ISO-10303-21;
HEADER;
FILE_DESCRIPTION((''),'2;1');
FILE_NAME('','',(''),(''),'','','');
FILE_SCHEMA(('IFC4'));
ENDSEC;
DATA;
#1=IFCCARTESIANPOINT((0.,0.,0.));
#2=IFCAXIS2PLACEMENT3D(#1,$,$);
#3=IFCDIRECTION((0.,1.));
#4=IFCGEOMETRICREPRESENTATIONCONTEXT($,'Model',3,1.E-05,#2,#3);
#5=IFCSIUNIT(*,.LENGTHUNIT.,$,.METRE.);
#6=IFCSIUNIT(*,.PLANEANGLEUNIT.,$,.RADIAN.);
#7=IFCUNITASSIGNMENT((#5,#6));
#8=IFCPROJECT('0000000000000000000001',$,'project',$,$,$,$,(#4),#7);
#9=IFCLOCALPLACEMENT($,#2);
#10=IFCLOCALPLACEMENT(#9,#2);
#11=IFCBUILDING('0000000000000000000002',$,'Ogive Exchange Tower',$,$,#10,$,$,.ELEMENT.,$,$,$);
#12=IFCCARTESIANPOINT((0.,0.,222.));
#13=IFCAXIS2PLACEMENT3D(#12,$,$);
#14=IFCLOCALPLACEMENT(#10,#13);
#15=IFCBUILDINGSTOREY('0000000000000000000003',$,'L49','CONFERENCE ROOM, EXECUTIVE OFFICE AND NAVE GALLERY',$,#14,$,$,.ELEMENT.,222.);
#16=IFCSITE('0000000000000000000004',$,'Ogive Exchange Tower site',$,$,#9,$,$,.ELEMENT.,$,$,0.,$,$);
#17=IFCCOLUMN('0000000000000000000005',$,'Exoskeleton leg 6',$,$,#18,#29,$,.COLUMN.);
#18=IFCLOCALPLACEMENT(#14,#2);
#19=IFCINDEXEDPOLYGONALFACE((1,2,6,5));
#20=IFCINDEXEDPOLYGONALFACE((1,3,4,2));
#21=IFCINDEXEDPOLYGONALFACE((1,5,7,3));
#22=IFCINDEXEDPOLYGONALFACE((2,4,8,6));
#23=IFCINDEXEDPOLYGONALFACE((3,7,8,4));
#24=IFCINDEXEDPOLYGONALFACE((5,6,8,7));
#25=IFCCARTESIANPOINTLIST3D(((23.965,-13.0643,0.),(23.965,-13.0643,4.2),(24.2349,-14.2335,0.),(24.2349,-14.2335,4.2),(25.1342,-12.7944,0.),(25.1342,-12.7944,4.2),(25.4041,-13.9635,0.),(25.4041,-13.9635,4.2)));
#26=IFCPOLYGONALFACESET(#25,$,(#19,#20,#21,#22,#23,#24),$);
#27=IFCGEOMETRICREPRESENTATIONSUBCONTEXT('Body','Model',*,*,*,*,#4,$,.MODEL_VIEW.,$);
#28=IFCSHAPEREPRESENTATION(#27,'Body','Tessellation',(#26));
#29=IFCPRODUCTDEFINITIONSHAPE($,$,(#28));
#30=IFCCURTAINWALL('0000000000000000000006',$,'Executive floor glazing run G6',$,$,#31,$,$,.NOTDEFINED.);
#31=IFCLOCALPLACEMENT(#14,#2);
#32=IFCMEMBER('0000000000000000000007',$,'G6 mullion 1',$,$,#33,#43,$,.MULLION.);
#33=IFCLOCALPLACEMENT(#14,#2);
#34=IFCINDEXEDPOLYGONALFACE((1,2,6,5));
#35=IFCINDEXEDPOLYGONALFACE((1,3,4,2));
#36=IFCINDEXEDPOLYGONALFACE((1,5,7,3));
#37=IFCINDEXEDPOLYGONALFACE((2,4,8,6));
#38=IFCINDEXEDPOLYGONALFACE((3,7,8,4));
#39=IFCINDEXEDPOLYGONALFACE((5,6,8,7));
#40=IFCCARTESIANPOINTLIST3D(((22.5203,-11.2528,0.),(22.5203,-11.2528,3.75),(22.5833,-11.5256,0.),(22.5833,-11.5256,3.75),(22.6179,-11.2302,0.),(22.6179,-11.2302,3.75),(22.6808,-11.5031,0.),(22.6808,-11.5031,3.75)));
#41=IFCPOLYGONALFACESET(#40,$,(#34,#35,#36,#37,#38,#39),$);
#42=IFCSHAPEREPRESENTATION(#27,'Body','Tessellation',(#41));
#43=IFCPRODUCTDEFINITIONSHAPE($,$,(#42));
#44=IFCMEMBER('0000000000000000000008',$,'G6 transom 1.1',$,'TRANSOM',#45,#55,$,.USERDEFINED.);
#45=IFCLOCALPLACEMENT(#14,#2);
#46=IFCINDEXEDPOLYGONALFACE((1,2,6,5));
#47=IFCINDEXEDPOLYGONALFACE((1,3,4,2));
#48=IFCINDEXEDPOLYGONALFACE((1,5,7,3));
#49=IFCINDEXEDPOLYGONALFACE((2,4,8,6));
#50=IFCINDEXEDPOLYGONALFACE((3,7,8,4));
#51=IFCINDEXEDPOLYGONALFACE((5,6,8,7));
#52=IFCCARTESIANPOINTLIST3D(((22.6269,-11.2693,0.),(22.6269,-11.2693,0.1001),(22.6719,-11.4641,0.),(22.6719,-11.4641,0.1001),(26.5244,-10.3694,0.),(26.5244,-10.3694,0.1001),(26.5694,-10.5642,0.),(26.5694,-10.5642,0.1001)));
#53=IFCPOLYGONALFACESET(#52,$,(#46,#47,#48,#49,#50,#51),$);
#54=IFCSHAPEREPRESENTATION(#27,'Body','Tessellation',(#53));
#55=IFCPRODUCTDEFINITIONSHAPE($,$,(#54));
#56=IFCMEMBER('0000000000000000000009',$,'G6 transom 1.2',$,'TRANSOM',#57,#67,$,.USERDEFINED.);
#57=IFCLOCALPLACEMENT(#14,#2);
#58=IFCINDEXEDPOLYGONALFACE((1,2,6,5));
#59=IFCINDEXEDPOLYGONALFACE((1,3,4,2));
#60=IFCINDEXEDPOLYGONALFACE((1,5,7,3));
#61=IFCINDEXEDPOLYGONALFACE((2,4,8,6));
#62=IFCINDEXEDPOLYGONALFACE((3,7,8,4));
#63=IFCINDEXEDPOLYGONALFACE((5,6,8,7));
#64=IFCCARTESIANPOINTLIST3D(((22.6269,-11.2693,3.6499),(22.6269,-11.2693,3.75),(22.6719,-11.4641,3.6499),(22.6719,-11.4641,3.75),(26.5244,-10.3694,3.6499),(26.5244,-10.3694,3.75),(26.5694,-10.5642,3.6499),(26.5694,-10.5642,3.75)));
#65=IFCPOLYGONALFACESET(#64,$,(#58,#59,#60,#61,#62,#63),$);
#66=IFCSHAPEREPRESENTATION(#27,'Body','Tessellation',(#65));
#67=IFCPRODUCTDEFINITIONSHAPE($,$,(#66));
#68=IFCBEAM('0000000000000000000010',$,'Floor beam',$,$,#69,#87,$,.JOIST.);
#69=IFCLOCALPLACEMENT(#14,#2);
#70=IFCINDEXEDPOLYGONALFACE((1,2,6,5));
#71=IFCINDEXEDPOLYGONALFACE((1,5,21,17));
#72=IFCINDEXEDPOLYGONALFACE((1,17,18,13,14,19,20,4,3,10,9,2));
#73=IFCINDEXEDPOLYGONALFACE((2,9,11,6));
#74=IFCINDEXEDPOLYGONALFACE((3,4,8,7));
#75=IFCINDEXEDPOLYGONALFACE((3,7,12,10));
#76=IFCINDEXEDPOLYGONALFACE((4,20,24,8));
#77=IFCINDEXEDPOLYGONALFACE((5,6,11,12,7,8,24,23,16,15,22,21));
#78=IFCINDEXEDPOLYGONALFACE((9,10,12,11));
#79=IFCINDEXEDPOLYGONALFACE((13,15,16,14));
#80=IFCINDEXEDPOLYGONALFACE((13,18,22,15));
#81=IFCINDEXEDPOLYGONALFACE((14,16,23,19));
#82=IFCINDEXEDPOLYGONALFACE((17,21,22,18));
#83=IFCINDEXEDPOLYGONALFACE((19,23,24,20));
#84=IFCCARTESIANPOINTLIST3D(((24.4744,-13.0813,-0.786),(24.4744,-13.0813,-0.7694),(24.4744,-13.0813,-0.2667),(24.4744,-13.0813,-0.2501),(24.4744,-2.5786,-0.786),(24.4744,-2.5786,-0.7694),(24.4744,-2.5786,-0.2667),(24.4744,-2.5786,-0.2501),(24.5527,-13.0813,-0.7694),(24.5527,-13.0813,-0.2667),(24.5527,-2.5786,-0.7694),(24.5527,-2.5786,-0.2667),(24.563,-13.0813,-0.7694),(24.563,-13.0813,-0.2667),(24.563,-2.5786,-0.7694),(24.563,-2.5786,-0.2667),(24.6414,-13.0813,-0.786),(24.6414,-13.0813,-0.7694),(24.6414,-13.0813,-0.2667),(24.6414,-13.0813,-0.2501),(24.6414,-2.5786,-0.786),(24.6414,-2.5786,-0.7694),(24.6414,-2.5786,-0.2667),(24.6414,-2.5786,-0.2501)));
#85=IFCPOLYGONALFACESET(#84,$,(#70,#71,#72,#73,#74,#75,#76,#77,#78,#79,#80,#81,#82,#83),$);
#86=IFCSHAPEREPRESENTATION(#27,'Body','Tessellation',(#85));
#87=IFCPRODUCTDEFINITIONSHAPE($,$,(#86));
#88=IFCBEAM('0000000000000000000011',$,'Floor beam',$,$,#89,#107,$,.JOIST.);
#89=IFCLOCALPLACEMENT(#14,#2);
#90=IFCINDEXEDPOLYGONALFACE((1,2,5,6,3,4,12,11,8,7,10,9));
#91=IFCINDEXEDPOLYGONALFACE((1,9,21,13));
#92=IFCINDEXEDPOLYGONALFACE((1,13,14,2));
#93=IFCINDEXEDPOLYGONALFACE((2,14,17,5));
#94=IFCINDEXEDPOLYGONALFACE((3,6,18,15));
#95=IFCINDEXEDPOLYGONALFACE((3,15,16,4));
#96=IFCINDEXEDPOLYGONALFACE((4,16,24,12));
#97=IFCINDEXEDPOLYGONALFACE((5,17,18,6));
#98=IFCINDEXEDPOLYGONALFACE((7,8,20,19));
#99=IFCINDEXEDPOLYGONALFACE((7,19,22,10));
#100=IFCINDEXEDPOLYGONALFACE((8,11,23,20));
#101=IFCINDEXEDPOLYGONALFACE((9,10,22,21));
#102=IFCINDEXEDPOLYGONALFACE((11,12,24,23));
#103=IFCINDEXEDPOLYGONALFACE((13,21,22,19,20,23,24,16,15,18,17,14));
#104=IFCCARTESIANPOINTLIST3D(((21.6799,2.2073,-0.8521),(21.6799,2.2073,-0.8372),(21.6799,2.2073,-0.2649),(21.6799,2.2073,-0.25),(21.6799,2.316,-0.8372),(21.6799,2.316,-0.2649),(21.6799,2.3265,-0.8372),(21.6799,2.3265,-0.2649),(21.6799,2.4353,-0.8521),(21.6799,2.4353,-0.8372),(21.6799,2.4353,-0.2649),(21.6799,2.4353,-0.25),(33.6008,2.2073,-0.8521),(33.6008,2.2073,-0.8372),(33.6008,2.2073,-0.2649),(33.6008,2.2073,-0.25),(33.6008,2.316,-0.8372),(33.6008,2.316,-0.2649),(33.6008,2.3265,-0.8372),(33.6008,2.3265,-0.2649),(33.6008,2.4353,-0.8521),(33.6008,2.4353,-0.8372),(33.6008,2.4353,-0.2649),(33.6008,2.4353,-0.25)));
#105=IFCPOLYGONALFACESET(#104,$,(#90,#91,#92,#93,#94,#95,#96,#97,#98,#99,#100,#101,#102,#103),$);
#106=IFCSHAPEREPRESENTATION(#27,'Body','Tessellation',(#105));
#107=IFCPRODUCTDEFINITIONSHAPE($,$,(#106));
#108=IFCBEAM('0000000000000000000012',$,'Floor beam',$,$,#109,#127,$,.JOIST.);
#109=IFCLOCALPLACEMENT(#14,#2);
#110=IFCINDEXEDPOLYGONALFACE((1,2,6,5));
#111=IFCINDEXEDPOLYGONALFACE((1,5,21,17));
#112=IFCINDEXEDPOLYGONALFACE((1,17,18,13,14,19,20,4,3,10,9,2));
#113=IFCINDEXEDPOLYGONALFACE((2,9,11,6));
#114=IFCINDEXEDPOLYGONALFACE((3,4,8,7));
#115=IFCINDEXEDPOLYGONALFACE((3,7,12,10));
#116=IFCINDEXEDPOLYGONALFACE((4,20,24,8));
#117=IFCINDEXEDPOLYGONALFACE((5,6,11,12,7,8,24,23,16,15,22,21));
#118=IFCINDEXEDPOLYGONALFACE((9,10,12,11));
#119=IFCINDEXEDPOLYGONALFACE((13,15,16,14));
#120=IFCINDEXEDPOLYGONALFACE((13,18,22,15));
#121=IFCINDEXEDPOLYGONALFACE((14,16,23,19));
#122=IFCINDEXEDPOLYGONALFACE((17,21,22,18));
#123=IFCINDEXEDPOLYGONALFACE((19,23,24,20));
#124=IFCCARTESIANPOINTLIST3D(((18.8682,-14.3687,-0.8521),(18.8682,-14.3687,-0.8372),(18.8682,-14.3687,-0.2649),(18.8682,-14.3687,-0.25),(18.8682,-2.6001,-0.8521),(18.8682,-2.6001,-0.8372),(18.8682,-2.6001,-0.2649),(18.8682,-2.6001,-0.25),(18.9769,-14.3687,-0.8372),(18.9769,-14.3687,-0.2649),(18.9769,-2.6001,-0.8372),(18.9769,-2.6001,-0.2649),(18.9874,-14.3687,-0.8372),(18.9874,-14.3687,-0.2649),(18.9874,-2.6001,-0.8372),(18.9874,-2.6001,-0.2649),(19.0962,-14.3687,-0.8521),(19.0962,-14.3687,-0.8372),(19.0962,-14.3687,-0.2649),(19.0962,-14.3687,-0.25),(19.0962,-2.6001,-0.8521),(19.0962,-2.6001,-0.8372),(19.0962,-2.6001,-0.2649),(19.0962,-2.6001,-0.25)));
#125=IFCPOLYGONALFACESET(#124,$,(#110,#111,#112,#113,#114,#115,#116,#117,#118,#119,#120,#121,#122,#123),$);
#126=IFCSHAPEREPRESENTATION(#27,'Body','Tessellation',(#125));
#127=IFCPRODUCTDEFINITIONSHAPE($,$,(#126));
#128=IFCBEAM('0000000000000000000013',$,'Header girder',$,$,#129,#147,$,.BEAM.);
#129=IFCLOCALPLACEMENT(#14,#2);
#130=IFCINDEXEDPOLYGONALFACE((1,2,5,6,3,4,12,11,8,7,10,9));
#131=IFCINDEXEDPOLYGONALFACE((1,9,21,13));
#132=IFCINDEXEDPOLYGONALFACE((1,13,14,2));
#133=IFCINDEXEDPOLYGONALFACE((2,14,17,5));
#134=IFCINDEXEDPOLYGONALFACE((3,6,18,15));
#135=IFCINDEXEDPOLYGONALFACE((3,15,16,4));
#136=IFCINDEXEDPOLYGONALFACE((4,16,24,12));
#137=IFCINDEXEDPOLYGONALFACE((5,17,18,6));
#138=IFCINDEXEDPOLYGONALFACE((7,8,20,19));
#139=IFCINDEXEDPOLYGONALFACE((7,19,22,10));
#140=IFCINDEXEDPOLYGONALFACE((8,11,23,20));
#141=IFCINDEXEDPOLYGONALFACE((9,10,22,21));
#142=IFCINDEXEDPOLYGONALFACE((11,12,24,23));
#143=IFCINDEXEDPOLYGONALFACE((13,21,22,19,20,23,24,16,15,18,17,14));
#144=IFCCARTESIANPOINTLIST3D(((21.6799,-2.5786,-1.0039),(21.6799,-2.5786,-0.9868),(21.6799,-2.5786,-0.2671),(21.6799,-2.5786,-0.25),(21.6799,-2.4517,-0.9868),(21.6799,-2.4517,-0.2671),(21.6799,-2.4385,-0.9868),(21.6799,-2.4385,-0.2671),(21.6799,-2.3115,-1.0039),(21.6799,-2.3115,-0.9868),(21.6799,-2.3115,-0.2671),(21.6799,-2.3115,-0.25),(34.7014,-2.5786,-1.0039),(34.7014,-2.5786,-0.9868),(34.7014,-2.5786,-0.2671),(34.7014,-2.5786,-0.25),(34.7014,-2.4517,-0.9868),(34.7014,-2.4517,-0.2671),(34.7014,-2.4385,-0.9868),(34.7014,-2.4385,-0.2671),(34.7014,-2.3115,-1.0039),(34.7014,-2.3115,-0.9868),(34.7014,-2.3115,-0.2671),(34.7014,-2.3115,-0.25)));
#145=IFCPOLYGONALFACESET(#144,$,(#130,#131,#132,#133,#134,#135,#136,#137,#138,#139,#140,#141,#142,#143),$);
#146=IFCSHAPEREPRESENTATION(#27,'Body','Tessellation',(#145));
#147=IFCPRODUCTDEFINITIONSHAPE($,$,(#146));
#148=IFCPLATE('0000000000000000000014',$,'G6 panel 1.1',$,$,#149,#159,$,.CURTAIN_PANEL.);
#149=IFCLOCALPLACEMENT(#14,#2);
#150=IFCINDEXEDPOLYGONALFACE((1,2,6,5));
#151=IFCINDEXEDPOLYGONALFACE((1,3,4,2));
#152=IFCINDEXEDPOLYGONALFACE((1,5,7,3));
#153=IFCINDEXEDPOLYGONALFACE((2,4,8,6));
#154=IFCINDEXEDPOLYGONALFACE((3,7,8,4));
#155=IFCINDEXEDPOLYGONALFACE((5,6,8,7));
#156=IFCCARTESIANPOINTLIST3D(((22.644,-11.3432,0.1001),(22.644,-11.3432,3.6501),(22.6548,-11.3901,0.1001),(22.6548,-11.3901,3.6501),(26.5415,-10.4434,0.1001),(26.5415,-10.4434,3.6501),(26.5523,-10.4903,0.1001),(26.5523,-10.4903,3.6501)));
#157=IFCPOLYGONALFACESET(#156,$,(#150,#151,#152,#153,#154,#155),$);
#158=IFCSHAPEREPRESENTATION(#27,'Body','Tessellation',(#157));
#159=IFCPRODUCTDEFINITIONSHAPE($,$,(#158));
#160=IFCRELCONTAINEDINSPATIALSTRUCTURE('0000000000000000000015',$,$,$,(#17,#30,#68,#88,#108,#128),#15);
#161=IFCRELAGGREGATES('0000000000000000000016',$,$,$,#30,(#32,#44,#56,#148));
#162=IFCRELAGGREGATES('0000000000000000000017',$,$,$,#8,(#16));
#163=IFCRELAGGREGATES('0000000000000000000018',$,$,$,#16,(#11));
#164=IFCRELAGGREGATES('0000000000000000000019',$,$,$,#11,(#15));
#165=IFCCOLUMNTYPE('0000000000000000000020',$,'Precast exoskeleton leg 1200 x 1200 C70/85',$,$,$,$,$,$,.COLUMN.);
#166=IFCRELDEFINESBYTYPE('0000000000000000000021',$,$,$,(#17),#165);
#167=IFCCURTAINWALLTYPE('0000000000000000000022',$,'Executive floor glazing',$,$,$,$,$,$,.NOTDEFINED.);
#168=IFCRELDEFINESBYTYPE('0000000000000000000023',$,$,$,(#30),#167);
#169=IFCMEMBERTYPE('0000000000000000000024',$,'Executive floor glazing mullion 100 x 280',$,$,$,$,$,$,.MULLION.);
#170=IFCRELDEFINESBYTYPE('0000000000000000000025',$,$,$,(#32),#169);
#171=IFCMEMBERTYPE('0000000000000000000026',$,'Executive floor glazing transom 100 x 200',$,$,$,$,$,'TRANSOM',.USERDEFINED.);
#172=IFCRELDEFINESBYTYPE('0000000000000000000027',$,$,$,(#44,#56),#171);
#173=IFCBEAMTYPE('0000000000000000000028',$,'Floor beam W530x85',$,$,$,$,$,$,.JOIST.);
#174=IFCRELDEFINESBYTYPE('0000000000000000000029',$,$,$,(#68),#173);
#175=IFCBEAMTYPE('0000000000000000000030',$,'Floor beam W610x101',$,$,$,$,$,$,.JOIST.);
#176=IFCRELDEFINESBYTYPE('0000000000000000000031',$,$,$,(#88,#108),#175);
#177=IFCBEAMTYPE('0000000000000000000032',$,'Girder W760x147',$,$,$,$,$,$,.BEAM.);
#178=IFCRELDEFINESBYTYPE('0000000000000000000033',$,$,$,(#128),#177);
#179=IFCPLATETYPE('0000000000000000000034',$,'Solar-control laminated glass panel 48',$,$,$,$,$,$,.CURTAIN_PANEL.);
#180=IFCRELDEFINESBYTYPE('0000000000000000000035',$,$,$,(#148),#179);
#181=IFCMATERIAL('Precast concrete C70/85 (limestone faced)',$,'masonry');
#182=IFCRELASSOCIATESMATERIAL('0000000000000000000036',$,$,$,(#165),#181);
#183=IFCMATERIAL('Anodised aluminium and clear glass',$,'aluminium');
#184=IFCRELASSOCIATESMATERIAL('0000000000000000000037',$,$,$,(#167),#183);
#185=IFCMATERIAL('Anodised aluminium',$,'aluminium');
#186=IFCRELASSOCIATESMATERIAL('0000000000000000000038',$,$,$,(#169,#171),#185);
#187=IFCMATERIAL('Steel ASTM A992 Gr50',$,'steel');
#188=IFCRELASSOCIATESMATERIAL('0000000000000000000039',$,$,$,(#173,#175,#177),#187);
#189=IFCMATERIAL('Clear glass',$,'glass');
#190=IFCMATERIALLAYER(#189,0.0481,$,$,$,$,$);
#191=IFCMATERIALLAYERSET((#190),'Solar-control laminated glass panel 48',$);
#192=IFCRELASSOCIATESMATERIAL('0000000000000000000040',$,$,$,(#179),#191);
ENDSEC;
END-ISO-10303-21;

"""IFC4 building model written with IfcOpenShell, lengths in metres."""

from ifc_helpers import new_model, si_unit, direction, frame, origin, origin_2d, place, context, subcontext, project, spatial, rectangle, i_section, extrude, material, layer, layer_set, material_profile, profile_set, type_object, element, aggregate, save


model = new_model("IFC4")

# Units and contexts
model_context = context("Model", 3, precision=1e-05, world=origin(), true_north=direction((0.0, 1.0)))
body_context = subcontext(model_context, "Body", "Model", "MODEL_VIEW")
ifc_project = project(units=[si_unit("LENGTHUNIT", "METRE"), si_unit("PLANEANGLEUNIT", "RADIAN")], contexts=[model_context])

# Site, building, storey
site_placement = place(None, origin())
site = spatial("IfcSite", under=ifc_project, at=site_placement, Name="Ogive Exchange Tower site", CompositionType="ELEMENT", RefElevation=0.0)
building_placement = place(site_placement, origin())
building = spatial("IfcBuilding", under=site, at=building_placement, Name="Ogive Exchange Tower", CompositionType="ELEMENT")
storey_placement = place(building_placement, frame((0.0, 0.0, 222.0)))
storey = spatial("IfcBuildingStorey", under=building, at=storey_placement, Name="L49", Description="CONFERENCE ROOM, EXECUTIVE OFFICE AND NAVE GALLERY", CompositionType="ELEMENT", Elevation=222.0)

# Column
ifc_material_1 = material(Name="Precast concrete C70/85 (limestone faced)", Category="masonry")
ifc_material_profile_1 = material_profile(ifc_material_1, rectangle(XDim=1.2, YDim=1.2, at=origin_2d()), Name="1200 x 1200")
ifc_profile_set_1 = profile_set([ifc_material_profile_1], Name="Precast concrete C70/85 (limestone faced)")
column_type = type_object("IfcColumnType", Name="Precast exoskeleton leg 1200 x 1200 C70/85", PredefinedType="COLUMN", material=ifc_profile_set_1)
column_placement = place(storey_placement, frame((24.6846, -13.5139, 0.0), z_axis=(0.0, 0.0, 1.0), x_axis=(0.97437, 0.224951, 0.0)))
element("IfcColumn", 1, at=column_placement, inside=storey, type_object=column_type, Name="Exoskeleton leg 6", PredefinedType="COLUMN", context=body_context, shape_type="SweptSolid", body=[
    extrude(rectangle(XDim=1.2, YDim=1.2, at=origin_2d()), origin(), (0.0, 0.0, 1.0), 4.2),
])

# Curtain wall, members
ifc_material_2 = material(Name="Anodised aluminium and clear glass", Category="aluminium")
curtain_wall_type = type_object("IfcCurtainWallType", Name="Executive floor glazing", PredefinedType="NOTDEFINED", material=ifc_material_2)
curtain_wall_placement = place(storey_placement, origin())
curtain_wall = element("IfcCurtainWall", 2, at=curtain_wall_placement, inside=storey, type_object=curtain_wall_type, Name="Executive floor glazing run G6", PredefinedType="NOTDEFINED")
ifc_material_3 = material(Name="Anodised aluminium", Category="aluminium")
ifc_material_profile_2 = material_profile(ifc_material_3, rectangle(XDim=0.28, YDim=0.1001, at=origin_2d()), Name="AL 100x280")
ifc_profile_set_2 = profile_set([ifc_material_profile_2], Name="Anodised aluminium")
member_type_1 = type_object("IfcMemberType", Name="Executive floor glazing mullion 100 x 280", PredefinedType="MULLION", material=ifc_profile_set_2)
member_1_placement = place(storey_placement, frame((22.6006, -11.3779, 0.0), z_axis=(0.0, 0.0, 1.0), x_axis=(-0.224951, 0.97437, 0.0)))
member_1 = element("IfcMember", 3, at=member_1_placement, type_object=member_type_1, Name="G6 mullion 1", PredefinedType="MULLION", context=body_context, shape_type="SweptSolid", body=[
    extrude(rectangle(XDim=0.28, YDim=0.1001, at=origin_2d()), origin(), (0.0, 0.0, 1.0), 3.75),
])
ifc_material_profile_3 = material_profile(ifc_material_3, rectangle(XDim=0.2, YDim=0.1001, at=origin_2d()), Name="AL 100x200")
ifc_profile_set_3 = profile_set([ifc_material_profile_3], Name="Anodised aluminium")
member_type_2 = type_object("IfcMemberType", Name="Executive floor glazing transom 100 x 200", ElementType="TRANSOM", PredefinedType="USERDEFINED", material=ifc_profile_set_3)
member_2_placement = place(storey_placement, frame((22.6494, -11.3667, 0.05), z_axis=(0.974364, 0.224975, 0.0), x_axis=(-0.224975, 0.974364, 0.0)))
member_2 = element("IfcMember", 4, at=member_2_placement, type_object=member_type_2, Name="G6 transom 1.1", ObjectType="TRANSOM", PredefinedType="USERDEFINED", context=body_context, shape_type="SweptSolid", body=[
    extrude(rectangle(XDim=0.2, YDim=0.1001, at=origin_2d()), origin(), (0.0, 0.0, 1.0), 4.0),
])
member_3_placement = place(storey_placement, frame((22.6494, -11.3667, 3.7), z_axis=(0.974364, 0.224975, 0.0), x_axis=(-0.224975, 0.974364, 0.0)))
member_3 = element("IfcMember", 5, at=member_3_placement, type_object=member_type_2, Name="G6 transom 1.2", ObjectType="TRANSOM", PredefinedType="USERDEFINED", context=body_context, shape_type="SweptSolid", body=[
    extrude(rectangle(XDim=0.2, YDim=0.1001, at=origin_2d()), origin(), (0.0, 0.0, 1.0), 4.0),
])

# Beams
ifc_material_4 = material(Name="Steel ASTM A992 Gr50", Category="steel")
ifc_material_profile_4 = material_profile(ifc_material_4, i_section(OverallWidth=0.167, OverallDepth=0.5359, WebThickness=0.0103, FlangeThickness=0.0166, at=origin_2d()), Name="W530x85")
ifc_profile_set_4 = profile_set([ifc_material_profile_4], Name="Steel ASTM A992 Gr50")
beam_type_1 = type_object("IfcBeamType", Name="Floor beam W530x85", PredefinedType="JOIST", material=ifc_profile_set_4)
beam_1_placement = place(storey_placement, frame((24.5579, -13.0813, -0.5181), z_axis=(0.0, 1.0, 0.0), x_axis=(-1.0, 0.0, 0.0)))
element("IfcBeam", 6, at=beam_1_placement, inside=storey, type_object=beam_type_1, Name="Floor beam", PredefinedType="JOIST", context=body_context, shape_type="SweptSolid", body=[
    extrude(i_section(OverallWidth=0.167, OverallDepth=0.5359, WebThickness=0.0103, FlangeThickness=0.0166, at=origin_2d()), origin(), (0.0, 0.0, 1.0), 10.5027),
])
ifc_material_profile_5 = material_profile(ifc_material_4, i_section(OverallWidth=0.228, OverallDepth=0.6021, WebThickness=0.0105, FlangeThickness=0.0149, at=origin_2d()), Name="W610x101")
ifc_profile_set_5 = profile_set([ifc_material_profile_5], Name="Steel ASTM A992 Gr50")
beam_type_2 = type_object("IfcBeamType", Name="Floor beam W610x101", PredefinedType="JOIST", material=ifc_profile_set_5)
beam_2_placement = place(storey_placement, frame((21.6799, 2.3213, -0.551), z_axis=(1.0, 0.0, 0.0), x_axis=(0.0, 1.0, 0.0)))
element("IfcBeam", 7, at=beam_2_placement, inside=storey, type_object=beam_type_2, Name="Floor beam", PredefinedType="JOIST", context=body_context, shape_type="SweptSolid", body=[
    extrude(i_section(OverallWidth=0.228, OverallDepth=0.6021, WebThickness=0.0105, FlangeThickness=0.0149, at=origin_2d()), origin(), (0.0, 0.0, 1.0), 11.9209),
])
beam_3_placement = place(storey_placement, frame((18.9822, -14.3687, -0.551), z_axis=(0.0, 1.0, 0.0), x_axis=(-1.0, 0.0, 0.0)))
element("IfcBeam", 8, at=beam_3_placement, inside=storey, type_object=beam_type_2, Name="Floor beam", PredefinedType="JOIST", context=body_context, shape_type="SweptSolid", body=[
    extrude(i_section(OverallWidth=0.228, OverallDepth=0.6021, WebThickness=0.0105, FlangeThickness=0.0149, at=origin_2d()), origin(), (0.0, 0.0, 1.0), 11.7686),
])
ifc_material_profile_6 = material_profile(ifc_material_4, i_section(OverallWidth=0.2671, OverallDepth=0.7539, WebThickness=0.0132, FlangeThickness=0.0171, at=origin_2d()), Name="W760x147")
ifc_profile_set_6 = profile_set([ifc_material_profile_6], Name="Steel ASTM A992 Gr50")
beam_type_3 = type_object("IfcBeamType", Name="Girder W760x147", PredefinedType="BEAM", material=ifc_profile_set_6)
beam_4_placement = place(storey_placement, frame((21.6799, -2.4451, -0.627), z_axis=(1.0, 0.0, 0.0), x_axis=(0.0, 1.0, 0.0)))
element("IfcBeam", 9, at=beam_4_placement, inside=storey, type_object=beam_type_3, Name="Header girder", PredefinedType="BEAM", context=body_context, shape_type="SweptSolid", body=[
    extrude(i_section(OverallWidth=0.2671, OverallDepth=0.7539, WebThickness=0.0132, FlangeThickness=0.0171, at=origin_2d()), origin(), (0.0, 0.0, 1.0), 13.0215),
])

# Plate
ifc_material_5 = material(Name="Clear glass", Category="glass")
ifc_layer_1 = layer(ifc_material_5, 0.0481)
ifc_layer_set_1 = layer_set([ifc_layer_1], Name="Solar-control laminated glass panel 48")
plate_type = type_object("IfcPlateType", Name="Solar-control laminated glass panel 48", PredefinedType="CURTAIN_PANEL", material=ifc_layer_set_1)
plate_placement = place(storey_placement, frame((24.5981, -10.9167, 0.1001), z_axis=(0.0, 0.0, 1.0), x_axis=(0.97437, 0.224951, 0.0)))
plate = element("IfcPlate", 10, at=plate_placement, type_object=plate_type, Name="G6 panel 1.1", PredefinedType="CURTAIN_PANEL", context=body_context, shape_type="SweptSolid", body=[
    extrude(rectangle(XDim=4.0, YDim=0.0481, at=origin_2d()), origin(), (0.0, 0.0, 1.0), 3.55),
])
aggregate(curtain_wall, [member_1, member_2, member_3, plate])

save(model, "model.ifc")
